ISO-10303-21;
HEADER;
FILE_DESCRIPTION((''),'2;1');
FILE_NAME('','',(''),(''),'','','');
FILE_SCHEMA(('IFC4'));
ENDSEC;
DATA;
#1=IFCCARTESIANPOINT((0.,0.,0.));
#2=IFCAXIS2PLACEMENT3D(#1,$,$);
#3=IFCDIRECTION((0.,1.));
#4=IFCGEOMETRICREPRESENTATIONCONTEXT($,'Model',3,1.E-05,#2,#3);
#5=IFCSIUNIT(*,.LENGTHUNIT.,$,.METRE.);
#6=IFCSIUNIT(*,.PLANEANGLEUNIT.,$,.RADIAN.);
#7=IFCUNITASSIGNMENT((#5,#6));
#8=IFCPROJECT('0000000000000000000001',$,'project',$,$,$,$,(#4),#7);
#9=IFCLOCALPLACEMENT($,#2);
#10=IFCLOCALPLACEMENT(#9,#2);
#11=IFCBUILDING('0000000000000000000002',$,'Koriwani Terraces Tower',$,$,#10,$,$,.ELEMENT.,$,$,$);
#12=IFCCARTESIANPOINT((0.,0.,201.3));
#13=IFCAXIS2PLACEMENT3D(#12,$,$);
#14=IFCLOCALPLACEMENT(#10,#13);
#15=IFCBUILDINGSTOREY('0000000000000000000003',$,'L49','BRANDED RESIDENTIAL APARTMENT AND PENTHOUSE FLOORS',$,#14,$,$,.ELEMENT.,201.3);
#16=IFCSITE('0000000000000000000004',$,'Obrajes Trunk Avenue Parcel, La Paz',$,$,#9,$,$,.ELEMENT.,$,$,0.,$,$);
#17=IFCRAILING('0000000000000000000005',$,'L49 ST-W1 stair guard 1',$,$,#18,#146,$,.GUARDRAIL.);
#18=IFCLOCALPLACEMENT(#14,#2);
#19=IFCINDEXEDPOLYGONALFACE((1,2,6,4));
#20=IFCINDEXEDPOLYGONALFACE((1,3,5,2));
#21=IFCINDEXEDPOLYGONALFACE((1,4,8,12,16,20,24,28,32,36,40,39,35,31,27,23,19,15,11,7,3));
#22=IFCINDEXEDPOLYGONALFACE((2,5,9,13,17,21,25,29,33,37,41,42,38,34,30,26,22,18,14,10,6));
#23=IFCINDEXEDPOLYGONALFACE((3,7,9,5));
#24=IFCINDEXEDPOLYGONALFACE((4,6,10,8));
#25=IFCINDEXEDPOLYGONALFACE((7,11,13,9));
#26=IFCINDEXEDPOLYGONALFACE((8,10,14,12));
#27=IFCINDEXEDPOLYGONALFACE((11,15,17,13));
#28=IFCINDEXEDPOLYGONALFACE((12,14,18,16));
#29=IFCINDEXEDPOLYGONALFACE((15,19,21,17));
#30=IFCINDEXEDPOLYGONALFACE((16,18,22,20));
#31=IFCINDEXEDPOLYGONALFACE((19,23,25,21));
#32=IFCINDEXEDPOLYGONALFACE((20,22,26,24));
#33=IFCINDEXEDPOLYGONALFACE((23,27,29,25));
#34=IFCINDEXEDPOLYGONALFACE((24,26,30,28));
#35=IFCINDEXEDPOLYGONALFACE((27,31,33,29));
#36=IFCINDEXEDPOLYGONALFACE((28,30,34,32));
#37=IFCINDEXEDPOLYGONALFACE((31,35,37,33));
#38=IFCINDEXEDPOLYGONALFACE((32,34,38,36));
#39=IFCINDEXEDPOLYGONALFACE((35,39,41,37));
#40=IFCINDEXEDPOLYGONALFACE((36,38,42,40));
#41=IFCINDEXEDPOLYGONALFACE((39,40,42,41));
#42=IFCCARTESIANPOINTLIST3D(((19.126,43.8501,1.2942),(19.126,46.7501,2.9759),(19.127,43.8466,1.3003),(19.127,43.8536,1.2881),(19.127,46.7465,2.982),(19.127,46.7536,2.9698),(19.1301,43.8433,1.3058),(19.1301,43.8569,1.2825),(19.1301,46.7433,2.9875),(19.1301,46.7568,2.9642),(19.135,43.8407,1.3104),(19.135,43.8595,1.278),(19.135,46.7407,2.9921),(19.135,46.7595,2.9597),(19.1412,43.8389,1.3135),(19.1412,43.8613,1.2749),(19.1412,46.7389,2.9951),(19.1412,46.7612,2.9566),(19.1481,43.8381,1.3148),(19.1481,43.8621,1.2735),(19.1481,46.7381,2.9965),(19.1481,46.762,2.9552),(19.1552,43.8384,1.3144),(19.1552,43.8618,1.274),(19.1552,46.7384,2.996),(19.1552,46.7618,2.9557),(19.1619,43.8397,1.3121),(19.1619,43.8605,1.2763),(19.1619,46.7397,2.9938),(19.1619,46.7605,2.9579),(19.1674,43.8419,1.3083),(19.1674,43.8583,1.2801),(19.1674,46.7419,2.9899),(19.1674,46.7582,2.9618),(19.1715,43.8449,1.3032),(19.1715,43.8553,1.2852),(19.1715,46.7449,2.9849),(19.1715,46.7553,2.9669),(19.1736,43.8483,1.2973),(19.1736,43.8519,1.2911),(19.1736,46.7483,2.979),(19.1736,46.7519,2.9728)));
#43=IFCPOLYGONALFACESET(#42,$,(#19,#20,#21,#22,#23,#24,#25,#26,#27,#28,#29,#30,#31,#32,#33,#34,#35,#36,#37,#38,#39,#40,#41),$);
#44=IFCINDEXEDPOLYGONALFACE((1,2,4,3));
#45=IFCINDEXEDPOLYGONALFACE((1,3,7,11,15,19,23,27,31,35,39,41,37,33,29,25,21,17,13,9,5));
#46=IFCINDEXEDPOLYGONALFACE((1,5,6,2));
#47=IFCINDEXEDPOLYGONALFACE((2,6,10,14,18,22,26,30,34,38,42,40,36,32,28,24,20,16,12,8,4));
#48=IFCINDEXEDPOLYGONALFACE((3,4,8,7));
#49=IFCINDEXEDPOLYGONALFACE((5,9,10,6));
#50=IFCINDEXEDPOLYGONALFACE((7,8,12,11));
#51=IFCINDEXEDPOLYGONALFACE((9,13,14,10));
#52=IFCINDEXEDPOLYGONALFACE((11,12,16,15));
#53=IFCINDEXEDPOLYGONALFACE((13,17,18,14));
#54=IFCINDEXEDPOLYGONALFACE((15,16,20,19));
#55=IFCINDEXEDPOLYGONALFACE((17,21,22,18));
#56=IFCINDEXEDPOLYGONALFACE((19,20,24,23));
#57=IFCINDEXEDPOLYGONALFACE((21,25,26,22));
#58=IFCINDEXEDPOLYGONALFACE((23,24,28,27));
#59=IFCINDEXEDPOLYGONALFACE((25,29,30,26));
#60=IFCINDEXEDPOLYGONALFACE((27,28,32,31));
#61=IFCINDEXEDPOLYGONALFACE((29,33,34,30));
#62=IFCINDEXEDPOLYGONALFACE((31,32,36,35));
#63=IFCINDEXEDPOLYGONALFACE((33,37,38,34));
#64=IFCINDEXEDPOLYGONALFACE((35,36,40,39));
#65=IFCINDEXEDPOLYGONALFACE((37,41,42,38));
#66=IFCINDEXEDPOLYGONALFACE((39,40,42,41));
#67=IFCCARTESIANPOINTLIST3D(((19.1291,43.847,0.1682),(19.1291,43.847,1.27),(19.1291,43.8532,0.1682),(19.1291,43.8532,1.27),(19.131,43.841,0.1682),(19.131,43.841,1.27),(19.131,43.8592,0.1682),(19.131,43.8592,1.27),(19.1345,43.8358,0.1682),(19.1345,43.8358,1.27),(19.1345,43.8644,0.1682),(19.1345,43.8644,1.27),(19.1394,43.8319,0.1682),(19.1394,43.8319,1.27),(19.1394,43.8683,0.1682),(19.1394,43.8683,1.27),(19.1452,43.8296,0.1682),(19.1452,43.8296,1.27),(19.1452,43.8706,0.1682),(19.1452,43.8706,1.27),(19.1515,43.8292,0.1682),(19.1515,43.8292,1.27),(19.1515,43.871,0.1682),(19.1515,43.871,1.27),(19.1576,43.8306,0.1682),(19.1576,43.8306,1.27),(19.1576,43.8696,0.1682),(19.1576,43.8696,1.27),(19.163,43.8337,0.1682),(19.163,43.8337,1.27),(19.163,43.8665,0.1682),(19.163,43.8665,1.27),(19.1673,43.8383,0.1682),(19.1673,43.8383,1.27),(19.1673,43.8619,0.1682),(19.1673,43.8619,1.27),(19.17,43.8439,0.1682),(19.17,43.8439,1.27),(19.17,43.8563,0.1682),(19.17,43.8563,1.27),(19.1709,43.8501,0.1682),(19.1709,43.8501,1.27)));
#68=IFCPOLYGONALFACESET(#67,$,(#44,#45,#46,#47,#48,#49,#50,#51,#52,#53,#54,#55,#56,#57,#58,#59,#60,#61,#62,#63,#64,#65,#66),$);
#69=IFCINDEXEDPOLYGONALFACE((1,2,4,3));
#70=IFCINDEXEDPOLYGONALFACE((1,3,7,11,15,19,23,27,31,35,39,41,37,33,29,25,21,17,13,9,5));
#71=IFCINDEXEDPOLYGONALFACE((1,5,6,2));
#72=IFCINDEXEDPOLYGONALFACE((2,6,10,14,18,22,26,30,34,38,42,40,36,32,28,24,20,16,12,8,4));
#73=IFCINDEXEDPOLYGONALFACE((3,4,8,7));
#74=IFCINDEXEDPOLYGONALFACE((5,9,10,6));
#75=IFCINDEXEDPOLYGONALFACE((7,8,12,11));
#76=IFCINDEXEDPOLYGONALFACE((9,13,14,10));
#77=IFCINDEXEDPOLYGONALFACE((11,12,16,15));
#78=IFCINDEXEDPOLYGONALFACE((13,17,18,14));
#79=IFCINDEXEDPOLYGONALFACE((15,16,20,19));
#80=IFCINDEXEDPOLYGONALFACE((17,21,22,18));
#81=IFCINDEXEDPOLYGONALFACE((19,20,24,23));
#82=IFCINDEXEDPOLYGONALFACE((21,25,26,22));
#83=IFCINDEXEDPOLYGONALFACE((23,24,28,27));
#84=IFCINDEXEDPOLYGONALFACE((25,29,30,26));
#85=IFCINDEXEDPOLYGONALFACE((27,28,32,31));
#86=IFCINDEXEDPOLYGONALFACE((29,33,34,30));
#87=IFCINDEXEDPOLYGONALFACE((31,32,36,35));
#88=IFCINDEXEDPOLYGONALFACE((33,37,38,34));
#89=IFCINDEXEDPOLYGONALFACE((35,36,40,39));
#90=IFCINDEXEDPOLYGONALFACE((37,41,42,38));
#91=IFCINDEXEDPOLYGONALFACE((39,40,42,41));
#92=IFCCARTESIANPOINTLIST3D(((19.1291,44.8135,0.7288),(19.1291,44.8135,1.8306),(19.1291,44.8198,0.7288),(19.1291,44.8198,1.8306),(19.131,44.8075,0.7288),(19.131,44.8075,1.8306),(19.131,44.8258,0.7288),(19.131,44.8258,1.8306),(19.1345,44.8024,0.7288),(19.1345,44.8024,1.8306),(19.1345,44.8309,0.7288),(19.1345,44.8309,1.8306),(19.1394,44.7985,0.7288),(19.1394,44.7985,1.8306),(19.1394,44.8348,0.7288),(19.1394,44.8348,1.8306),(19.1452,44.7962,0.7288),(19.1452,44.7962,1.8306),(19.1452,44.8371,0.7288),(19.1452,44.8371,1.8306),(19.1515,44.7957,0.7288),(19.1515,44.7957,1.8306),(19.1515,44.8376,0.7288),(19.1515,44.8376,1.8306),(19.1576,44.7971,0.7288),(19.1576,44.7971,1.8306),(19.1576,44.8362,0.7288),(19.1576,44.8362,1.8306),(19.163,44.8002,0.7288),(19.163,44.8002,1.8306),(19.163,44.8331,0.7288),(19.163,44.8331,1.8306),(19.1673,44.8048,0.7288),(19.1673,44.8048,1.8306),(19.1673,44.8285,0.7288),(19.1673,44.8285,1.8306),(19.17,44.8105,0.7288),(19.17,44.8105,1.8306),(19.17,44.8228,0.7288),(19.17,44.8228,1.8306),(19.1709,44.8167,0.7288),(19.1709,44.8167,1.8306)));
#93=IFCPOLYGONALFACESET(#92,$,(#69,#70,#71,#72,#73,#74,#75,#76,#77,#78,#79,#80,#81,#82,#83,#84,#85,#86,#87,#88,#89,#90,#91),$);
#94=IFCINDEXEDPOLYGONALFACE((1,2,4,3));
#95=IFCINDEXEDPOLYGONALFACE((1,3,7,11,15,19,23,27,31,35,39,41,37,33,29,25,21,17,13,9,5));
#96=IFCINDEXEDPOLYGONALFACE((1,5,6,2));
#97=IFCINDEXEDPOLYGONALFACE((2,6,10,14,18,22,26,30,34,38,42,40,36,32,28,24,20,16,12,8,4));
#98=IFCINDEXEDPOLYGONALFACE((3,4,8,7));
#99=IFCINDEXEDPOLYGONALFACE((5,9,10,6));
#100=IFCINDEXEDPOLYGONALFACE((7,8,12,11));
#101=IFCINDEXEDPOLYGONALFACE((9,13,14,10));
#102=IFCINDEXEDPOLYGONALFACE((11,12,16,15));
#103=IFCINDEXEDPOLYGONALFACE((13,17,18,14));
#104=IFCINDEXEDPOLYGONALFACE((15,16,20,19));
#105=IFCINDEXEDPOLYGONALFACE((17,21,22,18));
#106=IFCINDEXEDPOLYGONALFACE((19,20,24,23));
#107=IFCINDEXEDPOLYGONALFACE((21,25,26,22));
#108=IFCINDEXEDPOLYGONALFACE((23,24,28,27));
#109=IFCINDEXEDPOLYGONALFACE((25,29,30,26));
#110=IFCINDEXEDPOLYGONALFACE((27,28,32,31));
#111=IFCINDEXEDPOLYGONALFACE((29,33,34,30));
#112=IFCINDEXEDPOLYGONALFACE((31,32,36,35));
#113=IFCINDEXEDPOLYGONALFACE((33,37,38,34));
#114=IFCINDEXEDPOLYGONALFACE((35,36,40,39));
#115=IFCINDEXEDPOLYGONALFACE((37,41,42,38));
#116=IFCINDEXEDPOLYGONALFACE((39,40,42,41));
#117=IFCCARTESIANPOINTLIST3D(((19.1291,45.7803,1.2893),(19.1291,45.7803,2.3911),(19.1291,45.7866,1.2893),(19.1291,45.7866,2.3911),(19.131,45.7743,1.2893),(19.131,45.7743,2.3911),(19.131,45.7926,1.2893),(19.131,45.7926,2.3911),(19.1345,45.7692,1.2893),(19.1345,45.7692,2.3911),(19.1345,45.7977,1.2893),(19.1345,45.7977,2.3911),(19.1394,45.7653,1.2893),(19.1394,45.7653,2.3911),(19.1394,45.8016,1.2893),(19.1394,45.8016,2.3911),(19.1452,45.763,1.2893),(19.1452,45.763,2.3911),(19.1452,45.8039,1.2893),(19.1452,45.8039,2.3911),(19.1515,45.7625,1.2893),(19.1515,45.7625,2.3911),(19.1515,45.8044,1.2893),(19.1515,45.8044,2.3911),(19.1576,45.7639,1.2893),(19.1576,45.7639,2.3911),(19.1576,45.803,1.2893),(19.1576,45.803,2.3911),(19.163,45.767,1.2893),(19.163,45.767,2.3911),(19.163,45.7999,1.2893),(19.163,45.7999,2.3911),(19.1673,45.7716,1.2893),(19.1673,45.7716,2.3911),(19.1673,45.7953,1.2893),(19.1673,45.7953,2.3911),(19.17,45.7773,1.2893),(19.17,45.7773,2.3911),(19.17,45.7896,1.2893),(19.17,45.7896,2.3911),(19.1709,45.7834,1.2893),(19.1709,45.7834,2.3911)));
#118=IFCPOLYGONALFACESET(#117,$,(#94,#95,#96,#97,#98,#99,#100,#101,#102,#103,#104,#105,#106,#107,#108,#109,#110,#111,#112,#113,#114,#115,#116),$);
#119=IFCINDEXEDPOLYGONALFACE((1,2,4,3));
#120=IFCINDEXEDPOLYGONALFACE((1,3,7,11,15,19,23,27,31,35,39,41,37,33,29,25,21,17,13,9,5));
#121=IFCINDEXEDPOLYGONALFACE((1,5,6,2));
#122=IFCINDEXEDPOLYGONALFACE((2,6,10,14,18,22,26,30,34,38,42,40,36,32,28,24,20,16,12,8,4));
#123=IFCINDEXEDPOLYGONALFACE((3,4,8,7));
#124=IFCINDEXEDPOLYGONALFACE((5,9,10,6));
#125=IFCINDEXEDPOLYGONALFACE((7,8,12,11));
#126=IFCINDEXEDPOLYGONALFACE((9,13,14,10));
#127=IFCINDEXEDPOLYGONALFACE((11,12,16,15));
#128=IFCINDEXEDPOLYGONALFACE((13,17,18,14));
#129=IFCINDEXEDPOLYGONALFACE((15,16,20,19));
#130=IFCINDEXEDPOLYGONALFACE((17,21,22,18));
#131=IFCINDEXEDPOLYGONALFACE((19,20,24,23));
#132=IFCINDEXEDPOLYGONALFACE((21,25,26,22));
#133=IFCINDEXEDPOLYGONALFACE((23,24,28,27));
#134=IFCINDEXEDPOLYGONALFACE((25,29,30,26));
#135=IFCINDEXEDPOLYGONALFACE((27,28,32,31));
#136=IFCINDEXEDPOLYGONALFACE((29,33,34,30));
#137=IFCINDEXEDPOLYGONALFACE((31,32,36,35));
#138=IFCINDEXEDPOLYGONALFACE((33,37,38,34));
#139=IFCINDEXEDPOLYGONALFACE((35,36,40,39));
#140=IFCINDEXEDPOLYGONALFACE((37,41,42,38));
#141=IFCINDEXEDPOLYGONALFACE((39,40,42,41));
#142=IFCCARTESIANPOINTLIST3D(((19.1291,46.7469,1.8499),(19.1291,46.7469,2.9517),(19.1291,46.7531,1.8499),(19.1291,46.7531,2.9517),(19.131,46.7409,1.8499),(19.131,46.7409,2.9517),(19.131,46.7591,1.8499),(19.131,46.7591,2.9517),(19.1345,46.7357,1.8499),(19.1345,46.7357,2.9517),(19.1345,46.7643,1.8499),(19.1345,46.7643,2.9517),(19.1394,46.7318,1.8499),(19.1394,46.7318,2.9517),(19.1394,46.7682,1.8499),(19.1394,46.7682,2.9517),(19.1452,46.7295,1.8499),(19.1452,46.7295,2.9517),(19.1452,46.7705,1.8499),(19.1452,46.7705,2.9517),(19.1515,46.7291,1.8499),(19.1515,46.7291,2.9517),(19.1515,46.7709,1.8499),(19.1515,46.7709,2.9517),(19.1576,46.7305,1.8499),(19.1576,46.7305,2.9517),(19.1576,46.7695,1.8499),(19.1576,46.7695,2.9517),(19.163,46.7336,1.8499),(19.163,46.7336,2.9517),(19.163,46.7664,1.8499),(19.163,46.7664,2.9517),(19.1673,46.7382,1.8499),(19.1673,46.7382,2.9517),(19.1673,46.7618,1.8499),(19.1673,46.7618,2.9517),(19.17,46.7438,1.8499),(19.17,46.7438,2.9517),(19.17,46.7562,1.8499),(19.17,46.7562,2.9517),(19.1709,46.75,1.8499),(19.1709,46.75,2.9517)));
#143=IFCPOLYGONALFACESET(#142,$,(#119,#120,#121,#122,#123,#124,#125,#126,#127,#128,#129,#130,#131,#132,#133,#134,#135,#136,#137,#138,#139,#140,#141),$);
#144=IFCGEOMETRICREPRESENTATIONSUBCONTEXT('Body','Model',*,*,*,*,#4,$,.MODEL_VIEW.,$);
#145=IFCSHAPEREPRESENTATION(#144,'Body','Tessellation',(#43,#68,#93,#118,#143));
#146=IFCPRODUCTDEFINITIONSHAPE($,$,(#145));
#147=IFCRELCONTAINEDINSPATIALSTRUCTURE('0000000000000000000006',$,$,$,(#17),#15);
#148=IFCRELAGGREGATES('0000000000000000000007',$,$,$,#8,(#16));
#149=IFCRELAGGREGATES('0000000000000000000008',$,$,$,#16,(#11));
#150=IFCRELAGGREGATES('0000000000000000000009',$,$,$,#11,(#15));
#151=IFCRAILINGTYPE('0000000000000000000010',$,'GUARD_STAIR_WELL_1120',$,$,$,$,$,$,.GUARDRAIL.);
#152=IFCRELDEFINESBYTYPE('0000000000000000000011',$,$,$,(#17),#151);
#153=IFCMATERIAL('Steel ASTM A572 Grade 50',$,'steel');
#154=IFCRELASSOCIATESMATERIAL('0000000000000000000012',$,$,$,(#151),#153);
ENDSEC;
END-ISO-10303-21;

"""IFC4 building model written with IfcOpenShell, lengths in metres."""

from ifc_helpers import new_model, si_unit, direction, frame, origin, origin_2d, place, context, subcontext, project, spatial, circle, extrude, material, type_object, element, save


model = new_model("IFC4")

# Units and contexts
model_context = context("Model", 3, precision=1e-05, world=origin(), true_north=direction((0.0, 1.0)))
body_context = subcontext(model_context, "Body", "Model", "MODEL_VIEW")
ifc_project = project(units=[si_unit("LENGTHUNIT", "METRE"), si_unit("PLANEANGLEUNIT", "RADIAN")], contexts=[model_context])

# Site, building, storey
site_placement = place(None, origin())
site = spatial("IfcSite", under=ifc_project, at=site_placement, Name="Obrajes Trunk Avenue Parcel, La Paz", CompositionType="ELEMENT", RefElevation=0.0)
building_placement = place(site_placement, origin())
building = spatial("IfcBuilding", under=site, at=building_placement, Name="Koriwani Terraces Tower", CompositionType="ELEMENT")
storey_placement = place(building_placement, frame((0.0, 0.0, 201.3)))
storey = spatial("IfcBuildingStorey", under=building, at=storey_placement, Name="L49", Description="BRANDED RESIDENTIAL APARTMENT AND PENTHOUSE FLOORS", CompositionType="ELEMENT", Elevation=201.3)

# Shared definitions
ifc_material_1 = material(Name="Steel ASTM A572 Grade 50", Category="steel")

# Railing
railing_type_1 = type_object("IfcRailingType", Name="GUARD_STAIR_WELL_1120", PredefinedType="GUARDRAIL", material=ifc_material_1)
railing_1_placement = place(storey_placement, frame((19.1499, 43.8501, 0.1682)))
element("IfcRailing", 1, at=railing_1_placement, inside=storey, type_object=railing_type_1, Name="L49 ST-W1 stair guard 1", PredefinedType="GUARDRAIL", context=body_context, shape_type="SweptSolid", body=[
    extrude(circle(Radius=0.0239, at=origin_2d()), frame((0.0, 0.0, 1.126), z_axis=(0.0, 0.86507, 0.501651), x_axis=(-1.0, 0.0, 0.0)), (0.0, 0.0, 1.0), 3.3523),
    extrude(circle(Radius=0.021, at=origin_2d()), origin(), (0.0, 0.0, 1.0), 1.1018),
    extrude(circle(Radius=0.021, at=origin_2d()), frame((0.0, 0.9666, 0.5605)), (0.0, 0.0, 1.0), 1.1018),
    extrude(circle(Radius=0.021, at=origin_2d()), frame((0.0, 1.9333, 1.1211)), (0.0, 0.0, 1.0), 1.1018),
    extrude(circle(Radius=0.021, at=origin_2d()), frame((0.0, 2.8999, 1.6816)), (0.0, 0.0, 1.0), 1.1018),
])

save(model, "model.ifc")
